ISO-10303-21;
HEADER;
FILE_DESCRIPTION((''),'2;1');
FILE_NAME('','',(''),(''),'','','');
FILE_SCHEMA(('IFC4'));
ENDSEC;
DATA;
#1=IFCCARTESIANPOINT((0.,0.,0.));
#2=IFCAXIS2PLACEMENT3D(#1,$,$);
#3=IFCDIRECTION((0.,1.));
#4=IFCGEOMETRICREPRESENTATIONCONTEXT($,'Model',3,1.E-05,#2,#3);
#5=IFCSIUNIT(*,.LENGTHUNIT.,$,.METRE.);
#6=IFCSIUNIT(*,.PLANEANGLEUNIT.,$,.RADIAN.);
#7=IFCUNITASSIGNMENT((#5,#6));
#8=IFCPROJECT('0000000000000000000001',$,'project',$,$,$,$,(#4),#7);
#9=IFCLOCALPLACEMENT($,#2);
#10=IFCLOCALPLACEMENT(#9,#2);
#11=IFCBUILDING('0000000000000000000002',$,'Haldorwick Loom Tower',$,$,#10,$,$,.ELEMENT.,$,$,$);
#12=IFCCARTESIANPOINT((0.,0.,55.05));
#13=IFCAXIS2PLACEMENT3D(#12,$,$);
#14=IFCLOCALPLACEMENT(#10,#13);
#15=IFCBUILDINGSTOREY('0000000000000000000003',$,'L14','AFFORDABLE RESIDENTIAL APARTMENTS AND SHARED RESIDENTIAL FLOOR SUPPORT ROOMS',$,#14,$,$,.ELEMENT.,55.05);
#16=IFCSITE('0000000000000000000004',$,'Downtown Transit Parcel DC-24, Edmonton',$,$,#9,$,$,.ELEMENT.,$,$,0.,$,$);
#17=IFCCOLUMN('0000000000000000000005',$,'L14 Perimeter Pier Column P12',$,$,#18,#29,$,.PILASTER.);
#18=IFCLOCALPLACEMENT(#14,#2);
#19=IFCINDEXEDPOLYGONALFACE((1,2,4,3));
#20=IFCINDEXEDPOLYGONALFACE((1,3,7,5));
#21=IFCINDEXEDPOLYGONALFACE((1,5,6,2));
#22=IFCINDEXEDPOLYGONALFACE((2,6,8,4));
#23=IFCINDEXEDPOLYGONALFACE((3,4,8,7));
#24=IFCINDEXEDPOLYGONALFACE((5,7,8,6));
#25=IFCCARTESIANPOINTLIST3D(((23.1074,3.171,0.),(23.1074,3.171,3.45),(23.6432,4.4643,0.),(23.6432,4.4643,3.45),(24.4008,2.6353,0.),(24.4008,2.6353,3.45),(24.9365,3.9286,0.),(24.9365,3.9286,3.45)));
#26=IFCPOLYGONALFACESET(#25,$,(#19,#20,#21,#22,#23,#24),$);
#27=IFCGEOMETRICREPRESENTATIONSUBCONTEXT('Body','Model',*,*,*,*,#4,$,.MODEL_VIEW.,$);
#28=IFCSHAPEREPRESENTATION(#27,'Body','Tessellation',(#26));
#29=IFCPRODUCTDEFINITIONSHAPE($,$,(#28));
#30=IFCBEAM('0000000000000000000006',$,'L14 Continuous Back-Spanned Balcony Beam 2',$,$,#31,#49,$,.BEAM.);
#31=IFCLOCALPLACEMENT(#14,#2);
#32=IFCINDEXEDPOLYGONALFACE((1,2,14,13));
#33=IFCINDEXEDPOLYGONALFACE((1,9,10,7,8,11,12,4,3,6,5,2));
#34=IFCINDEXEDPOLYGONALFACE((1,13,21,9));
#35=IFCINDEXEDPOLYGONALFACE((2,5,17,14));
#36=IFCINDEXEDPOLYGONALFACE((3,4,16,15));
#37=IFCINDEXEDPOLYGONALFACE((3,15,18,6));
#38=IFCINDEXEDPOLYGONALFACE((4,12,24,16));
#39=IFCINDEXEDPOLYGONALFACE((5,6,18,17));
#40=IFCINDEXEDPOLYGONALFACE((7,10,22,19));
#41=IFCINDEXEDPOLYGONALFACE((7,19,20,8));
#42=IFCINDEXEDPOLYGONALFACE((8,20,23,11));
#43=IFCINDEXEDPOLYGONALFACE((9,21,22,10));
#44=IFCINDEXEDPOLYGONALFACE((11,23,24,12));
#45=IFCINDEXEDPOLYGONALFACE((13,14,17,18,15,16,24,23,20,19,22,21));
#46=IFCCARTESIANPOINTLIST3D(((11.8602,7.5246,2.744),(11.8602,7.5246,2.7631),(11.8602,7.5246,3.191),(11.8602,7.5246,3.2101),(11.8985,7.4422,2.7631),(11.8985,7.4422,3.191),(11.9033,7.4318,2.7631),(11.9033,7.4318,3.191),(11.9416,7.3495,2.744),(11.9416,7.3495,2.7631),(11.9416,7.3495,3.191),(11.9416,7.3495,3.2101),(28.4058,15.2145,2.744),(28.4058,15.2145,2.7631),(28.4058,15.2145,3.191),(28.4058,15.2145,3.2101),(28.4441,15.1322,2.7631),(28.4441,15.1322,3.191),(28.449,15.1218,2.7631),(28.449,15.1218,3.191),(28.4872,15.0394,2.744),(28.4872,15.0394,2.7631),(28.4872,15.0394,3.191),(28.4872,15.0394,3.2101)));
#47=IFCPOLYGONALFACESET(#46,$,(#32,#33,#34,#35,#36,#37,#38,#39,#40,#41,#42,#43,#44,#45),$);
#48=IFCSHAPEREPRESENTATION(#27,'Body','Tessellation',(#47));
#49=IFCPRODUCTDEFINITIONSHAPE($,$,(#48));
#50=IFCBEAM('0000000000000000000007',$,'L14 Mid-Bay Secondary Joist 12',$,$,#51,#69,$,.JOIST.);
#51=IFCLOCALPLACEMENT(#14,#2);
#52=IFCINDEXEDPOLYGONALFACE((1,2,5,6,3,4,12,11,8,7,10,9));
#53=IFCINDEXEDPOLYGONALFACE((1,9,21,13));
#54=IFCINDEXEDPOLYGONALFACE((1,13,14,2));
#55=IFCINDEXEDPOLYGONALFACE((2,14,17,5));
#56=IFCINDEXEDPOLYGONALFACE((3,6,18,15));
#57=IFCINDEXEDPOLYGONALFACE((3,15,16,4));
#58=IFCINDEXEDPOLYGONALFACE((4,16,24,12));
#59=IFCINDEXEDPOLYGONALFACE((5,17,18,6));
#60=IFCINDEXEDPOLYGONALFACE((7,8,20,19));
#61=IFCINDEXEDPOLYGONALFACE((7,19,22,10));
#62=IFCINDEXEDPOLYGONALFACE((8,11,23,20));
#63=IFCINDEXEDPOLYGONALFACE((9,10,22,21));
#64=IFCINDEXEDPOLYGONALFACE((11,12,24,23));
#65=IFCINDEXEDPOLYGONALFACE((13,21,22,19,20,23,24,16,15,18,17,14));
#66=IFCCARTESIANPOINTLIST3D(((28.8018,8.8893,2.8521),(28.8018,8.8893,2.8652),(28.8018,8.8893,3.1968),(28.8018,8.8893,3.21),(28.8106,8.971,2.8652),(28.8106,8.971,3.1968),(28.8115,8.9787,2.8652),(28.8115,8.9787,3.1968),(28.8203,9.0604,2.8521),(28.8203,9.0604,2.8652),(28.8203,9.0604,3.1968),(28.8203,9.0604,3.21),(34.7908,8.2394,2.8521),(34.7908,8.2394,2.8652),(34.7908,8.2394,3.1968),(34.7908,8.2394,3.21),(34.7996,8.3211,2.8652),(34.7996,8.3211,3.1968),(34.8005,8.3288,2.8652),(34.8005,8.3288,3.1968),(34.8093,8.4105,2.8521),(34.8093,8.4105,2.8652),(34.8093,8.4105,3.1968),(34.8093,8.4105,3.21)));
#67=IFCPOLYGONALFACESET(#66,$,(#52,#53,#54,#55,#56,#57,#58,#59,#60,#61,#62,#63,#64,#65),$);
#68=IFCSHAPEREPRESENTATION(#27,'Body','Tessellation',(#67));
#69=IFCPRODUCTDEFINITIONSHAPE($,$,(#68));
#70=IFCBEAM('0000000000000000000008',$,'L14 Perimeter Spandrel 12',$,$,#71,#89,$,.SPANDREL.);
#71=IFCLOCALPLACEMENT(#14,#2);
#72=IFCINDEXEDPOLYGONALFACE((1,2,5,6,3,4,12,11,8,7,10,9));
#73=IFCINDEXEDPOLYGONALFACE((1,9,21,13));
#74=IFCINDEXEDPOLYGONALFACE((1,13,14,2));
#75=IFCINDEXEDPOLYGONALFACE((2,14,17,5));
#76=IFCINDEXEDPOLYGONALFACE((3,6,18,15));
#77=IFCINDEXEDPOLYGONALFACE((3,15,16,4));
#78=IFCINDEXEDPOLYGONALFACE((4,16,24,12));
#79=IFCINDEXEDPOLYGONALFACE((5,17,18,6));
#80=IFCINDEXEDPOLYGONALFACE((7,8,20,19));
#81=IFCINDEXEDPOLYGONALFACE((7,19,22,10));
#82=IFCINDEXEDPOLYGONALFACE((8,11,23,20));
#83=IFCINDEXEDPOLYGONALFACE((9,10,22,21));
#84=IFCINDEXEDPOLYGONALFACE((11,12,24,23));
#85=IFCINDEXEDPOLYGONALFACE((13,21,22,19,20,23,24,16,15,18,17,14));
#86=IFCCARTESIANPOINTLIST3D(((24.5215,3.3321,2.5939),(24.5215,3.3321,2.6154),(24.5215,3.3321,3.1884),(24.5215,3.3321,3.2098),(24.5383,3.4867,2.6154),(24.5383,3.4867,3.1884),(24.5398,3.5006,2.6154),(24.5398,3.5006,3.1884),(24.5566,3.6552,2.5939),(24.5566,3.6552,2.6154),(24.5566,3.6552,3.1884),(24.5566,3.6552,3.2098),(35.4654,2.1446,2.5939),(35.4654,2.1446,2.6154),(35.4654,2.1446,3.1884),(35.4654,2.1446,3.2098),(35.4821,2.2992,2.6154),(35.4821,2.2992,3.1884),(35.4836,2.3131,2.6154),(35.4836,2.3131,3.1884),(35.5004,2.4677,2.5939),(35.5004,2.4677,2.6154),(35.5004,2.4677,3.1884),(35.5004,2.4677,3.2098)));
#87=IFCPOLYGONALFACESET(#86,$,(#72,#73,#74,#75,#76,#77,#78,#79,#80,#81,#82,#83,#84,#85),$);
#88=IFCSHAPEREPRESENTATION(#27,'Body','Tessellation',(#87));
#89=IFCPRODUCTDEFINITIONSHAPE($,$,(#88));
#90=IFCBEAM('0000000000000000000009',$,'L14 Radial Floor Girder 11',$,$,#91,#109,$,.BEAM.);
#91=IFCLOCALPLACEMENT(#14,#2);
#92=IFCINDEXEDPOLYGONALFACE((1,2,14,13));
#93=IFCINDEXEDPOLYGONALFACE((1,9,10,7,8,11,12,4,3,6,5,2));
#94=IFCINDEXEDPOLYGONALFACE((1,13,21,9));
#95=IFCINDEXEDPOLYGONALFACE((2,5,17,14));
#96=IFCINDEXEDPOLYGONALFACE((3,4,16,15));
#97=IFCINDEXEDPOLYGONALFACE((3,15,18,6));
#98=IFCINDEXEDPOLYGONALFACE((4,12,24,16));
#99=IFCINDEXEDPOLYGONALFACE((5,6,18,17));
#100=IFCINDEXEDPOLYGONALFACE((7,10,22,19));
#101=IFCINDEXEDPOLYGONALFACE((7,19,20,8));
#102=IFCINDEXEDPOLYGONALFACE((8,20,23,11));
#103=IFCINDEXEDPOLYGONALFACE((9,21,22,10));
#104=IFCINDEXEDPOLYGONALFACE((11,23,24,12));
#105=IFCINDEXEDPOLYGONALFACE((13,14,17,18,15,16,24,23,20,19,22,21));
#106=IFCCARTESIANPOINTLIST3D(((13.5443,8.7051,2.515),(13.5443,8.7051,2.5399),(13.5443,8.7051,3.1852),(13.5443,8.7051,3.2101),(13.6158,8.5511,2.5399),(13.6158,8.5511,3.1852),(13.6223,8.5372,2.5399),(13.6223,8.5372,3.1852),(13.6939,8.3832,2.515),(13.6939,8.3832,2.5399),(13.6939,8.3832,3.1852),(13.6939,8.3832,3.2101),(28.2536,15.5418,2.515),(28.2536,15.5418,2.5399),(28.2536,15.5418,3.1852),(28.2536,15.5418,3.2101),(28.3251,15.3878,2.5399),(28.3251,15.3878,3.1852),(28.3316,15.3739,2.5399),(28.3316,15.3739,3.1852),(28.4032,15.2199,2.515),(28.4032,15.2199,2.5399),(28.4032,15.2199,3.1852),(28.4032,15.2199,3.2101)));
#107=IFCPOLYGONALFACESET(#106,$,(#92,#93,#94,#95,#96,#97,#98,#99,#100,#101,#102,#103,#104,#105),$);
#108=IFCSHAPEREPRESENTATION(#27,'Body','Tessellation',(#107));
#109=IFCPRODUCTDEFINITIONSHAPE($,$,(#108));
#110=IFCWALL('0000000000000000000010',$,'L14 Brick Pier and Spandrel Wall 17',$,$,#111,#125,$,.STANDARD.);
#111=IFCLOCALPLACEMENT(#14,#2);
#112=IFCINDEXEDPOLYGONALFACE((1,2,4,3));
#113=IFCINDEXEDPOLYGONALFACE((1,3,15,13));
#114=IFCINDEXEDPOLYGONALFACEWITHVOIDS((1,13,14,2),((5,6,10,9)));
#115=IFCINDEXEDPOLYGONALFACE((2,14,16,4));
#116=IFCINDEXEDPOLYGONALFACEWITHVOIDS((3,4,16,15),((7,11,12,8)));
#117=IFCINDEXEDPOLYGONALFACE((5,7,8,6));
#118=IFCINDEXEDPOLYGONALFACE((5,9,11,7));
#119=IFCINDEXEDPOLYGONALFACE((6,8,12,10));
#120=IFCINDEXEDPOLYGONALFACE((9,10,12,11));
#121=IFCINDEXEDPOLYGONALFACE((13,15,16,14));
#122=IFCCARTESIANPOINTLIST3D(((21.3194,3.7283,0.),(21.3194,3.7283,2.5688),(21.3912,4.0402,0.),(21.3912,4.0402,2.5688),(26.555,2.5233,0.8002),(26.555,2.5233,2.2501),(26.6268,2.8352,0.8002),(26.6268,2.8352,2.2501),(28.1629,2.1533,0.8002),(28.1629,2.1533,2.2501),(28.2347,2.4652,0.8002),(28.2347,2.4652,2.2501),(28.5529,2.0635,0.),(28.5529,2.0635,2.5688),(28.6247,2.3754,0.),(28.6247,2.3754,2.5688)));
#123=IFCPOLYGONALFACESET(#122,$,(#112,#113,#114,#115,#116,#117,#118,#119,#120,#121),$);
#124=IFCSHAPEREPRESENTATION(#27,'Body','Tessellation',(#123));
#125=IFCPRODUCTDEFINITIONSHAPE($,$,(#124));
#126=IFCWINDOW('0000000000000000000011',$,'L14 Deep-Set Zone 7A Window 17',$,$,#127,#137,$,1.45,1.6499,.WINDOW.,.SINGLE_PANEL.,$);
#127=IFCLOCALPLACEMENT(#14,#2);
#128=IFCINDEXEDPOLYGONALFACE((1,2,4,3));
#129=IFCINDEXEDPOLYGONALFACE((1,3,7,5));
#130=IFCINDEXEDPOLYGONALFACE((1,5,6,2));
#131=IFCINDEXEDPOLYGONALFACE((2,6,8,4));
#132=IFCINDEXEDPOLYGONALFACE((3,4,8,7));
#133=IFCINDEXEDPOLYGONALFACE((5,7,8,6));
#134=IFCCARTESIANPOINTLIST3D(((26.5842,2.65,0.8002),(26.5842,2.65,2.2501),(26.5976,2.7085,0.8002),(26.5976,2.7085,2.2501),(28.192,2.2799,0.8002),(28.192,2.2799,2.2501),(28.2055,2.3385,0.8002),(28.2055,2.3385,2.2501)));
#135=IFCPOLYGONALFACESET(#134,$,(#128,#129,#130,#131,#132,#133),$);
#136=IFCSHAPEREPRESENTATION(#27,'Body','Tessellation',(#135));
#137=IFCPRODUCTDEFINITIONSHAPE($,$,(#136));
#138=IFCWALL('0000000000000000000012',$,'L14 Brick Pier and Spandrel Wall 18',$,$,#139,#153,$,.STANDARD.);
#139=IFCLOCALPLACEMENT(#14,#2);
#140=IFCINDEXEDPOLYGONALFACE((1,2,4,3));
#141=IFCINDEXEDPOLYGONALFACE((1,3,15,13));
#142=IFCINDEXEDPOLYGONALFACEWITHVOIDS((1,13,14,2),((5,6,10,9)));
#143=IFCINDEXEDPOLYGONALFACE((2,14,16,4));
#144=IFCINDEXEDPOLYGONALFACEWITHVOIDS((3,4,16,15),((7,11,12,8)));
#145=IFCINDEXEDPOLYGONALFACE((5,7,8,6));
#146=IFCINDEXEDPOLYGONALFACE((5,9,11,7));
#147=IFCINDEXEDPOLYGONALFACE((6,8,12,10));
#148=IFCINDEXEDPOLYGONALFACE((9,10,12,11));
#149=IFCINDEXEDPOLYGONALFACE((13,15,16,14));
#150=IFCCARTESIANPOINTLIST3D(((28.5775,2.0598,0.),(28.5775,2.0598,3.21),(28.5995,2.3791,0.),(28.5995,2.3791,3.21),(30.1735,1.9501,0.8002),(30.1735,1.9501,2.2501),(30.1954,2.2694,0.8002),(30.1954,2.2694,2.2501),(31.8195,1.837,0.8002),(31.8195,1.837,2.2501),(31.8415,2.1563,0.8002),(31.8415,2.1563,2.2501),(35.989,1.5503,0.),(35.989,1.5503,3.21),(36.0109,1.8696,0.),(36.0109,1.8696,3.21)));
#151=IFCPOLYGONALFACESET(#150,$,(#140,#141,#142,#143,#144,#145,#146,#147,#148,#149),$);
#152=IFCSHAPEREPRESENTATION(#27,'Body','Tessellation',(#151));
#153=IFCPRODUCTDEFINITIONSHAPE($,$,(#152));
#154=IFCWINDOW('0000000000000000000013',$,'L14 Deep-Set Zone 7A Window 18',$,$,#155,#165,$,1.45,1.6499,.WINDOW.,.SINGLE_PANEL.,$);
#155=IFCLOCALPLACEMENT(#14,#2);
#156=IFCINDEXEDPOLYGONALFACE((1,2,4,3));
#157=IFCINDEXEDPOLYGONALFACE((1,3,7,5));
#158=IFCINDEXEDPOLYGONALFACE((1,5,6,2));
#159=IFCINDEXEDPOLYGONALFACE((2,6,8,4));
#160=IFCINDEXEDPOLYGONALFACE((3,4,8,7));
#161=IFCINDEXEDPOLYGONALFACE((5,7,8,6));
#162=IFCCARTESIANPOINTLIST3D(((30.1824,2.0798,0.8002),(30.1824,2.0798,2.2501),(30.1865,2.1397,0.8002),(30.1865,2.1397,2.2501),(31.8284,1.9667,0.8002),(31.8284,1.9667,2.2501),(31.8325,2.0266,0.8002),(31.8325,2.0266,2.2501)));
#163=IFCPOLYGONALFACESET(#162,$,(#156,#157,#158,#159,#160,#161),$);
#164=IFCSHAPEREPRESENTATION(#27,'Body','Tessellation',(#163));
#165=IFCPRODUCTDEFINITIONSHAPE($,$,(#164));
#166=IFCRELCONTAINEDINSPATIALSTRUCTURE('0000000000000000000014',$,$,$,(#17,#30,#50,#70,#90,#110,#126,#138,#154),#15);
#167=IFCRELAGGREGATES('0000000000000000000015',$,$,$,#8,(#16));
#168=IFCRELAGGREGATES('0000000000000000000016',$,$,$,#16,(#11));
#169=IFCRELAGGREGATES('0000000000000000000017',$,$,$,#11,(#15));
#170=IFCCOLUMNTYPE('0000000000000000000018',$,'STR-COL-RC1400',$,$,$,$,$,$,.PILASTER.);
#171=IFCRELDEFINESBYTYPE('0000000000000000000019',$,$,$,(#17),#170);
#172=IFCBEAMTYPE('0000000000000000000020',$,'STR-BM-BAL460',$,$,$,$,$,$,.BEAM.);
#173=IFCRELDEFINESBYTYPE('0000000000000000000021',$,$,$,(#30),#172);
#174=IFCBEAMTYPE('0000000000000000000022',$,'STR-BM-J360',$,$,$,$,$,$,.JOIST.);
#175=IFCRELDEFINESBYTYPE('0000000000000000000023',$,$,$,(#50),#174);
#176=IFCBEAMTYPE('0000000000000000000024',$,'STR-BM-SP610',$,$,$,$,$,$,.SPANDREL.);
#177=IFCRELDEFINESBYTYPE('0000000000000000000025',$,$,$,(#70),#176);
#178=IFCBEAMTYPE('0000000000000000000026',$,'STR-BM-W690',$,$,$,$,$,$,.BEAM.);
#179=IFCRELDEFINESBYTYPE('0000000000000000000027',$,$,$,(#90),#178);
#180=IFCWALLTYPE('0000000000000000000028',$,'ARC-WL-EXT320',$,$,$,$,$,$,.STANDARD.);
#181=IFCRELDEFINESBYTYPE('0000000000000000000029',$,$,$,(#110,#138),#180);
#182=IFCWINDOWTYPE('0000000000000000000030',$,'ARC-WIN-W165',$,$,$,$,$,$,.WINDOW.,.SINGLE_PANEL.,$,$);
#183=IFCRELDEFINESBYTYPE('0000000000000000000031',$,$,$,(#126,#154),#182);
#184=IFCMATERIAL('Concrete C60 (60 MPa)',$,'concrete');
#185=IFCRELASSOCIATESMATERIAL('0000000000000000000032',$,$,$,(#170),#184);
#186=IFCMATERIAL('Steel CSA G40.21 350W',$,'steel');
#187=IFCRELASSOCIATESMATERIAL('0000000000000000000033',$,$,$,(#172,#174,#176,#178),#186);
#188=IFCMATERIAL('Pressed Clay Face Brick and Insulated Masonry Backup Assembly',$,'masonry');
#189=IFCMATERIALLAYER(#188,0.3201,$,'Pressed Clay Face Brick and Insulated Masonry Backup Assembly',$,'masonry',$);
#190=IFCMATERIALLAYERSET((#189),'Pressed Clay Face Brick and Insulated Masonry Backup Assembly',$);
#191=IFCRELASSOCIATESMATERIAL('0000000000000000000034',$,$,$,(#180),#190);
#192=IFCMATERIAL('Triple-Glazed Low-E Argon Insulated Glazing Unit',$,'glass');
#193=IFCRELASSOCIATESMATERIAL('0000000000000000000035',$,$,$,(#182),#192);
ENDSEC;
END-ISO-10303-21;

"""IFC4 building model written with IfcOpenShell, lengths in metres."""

from ifc_helpers import new_model, si_unit, direction, frame, frame_2d, origin, origin_2d, place, context, subcontext, project, spatial, rectangle, i_section, extrude, material, layer, layer_set, material_profile, profile_set, type_object, element, fill, save


model = new_model("IFC4")

# Units and contexts
model_context = context("Model", 3, precision=1e-05, world=origin(), true_north=direction((0.0, 1.0)))
body_context = subcontext(model_context, "Body", "Model", "MODEL_VIEW")
ifc_project = project(units=[si_unit("LENGTHUNIT", "METRE"), si_unit("PLANEANGLEUNIT", "RADIAN")], contexts=[model_context])

# Site, building, storey
site_placement = place(None, origin())
site = spatial("IfcSite", under=ifc_project, at=site_placement, Name="Downtown Transit Parcel DC-24, Edmonton", CompositionType="ELEMENT", RefElevation=0.0)
building_placement = place(site_placement, origin())
building = spatial("IfcBuilding", under=site, at=building_placement, Name="Haldorwick Loom Tower", CompositionType="ELEMENT")
storey_placement = place(building_placement, frame((0.0, 0.0, 55.05)))
storey = spatial("IfcBuildingStorey", under=building, at=storey_placement, Name="L14", Description="AFFORDABLE RESIDENTIAL APARTMENTS AND SHARED RESIDENTIAL FLOOR SUPPORT ROOMS", CompositionType="ELEMENT", Elevation=55.05)

# Column
ifc_material_1 = material(Name="Concrete C60 (60 MPa)", Category="concrete")
ifc_material_profile_1 = material_profile(ifc_material_1, rectangle(XDim=1.3999, YDim=1.3999, at=origin_2d()), Name="RC1400X1400", Category="concrete")
ifc_profile_set_1 = profile_set([ifc_material_profile_1], Name="Concrete C60 (60 MPa)")
column_type = type_object("IfcColumnType", Name="STR-COL-RC1400", PredefinedType="PILASTER", material=ifc_profile_set_1)
column_placement = place(storey_placement, frame((24.022, 3.5498, 0.0), z_axis=(0.0, 0.0, 1.0), x_axis=(-0.382683, -0.92388, 0.0)))
element("IfcColumn", 1, at=column_placement, inside=storey, type_object=column_type, Name="L14 Perimeter Pier Column P12", PredefinedType="PILASTER", context=body_context, shape_type="SweptSolid", body=[
    extrude(rectangle(XDim=1.3999, YDim=1.3999, at=origin_2d()), origin(), (0.0, 0.0, 1.0), 3.45),
])

# Beams
ifc_material_2 = material(Name="Steel CSA G40.21 350W", Category="steel")
ifc_material_profile_2 = material_profile(ifc_material_2, i_section(OverallWidth=0.1931, OverallDepth=0.4661, WebThickness=0.0115, FlangeThickness=0.019, at=origin_2d()), Name="W460X97", Category="steel")
ifc_profile_set_2 = profile_set([ifc_material_profile_2], Name="Steel CSA G40.21 350W")
beam_type_1 = type_object("IfcBeamType", Name="STR-BM-BAL460", PredefinedType="BEAM", material=ifc_profile_set_2)
beam_1_placement = place(storey_placement, frame((28.4465, 15.127, 2.9771), z_axis=(-0.906841, -0.421473, 0.0), x_axis=(0.421473, -0.906841, 0.0)))
element("IfcBeam", 2, at=beam_1_placement, inside=storey, type_object=beam_type_1, Name="L14 Continuous Back-Spanned Balcony Beam 2", PredefinedType="BEAM", context=body_context, shape_type="SweptSolid", body=[
    extrude(i_section(OverallWidth=0.1931, OverallDepth=0.4661, WebThickness=0.0115, FlangeThickness=0.019, at=origin_2d()), origin(), (0.0, 0.0, 1.0), 18.2454),
])
ifc_material_profile_3 = material_profile(ifc_material_2, i_section(OverallWidth=0.1721, OverallDepth=0.3579, WebThickness=0.0078, FlangeThickness=0.0132, at=origin_2d()), Name="W360X57", Category="steel")
ifc_profile_set_3 = profile_set([ifc_material_profile_3], Name="Steel CSA G40.21 350W")
beam_type_2 = type_object("IfcBeamType", Name="STR-BM-J360", PredefinedType="JOIST", material=ifc_profile_set_3)
beam_2_placement = place(storey_placement, frame((28.811, 8.9749, 3.031), z_axis=(0.994164, -0.107882, 0.0), x_axis=(0.107882, 0.994164, 0.0)))
element("IfcBeam", 3, at=beam_2_placement, inside=storey, type_object=beam_type_2, Name="L14 Mid-Bay Secondary Joist 12", PredefinedType="JOIST", context=body_context, shape_type="SweptSolid", body=[
    extrude(i_section(OverallWidth=0.1721, OverallDepth=0.3579, WebThickness=0.0078, FlangeThickness=0.0132, at=origin_2d()), origin(), (0.0, 0.0, 1.0), 6.0242),
])
ifc_material_profile_4 = material_profile(ifc_material_2, i_section(OverallWidth=0.325, OverallDepth=0.616, WebThickness=0.0139, FlangeThickness=0.0215, at=origin_2d()), Name="W610X174", Category="steel")
ifc_profile_set_4 = profile_set([ifc_material_profile_4], Name="Steel CSA G40.21 350W")
beam_type_3 = type_object("IfcBeamType", Name="STR-BM-SP610", PredefinedType="SPANDREL", material=ifc_profile_set_4)
beam_3_placement = place(storey_placement, frame((24.5391, 3.4937, 2.9019), z_axis=(0.994164, -0.107875, 0.0), x_axis=(0.107875, 0.994164, 0.0)))
element("IfcBeam", 4, at=beam_3_placement, inside=storey, type_object=beam_type_3, Name="L14 Perimeter Spandrel 12", PredefinedType="SPANDREL", context=body_context, shape_type="SweptSolid", body=[
    extrude(i_section(OverallWidth=0.325, OverallDepth=0.616, WebThickness=0.0139, FlangeThickness=0.0215, at=origin_2d()), origin(), (0.0, 0.0, 1.0), 11.0081),
])
ifc_material_profile_5 = material_profile(ifc_material_2, i_section(OverallWidth=0.355, OverallDepth=0.6951, WebThickness=0.0154, FlangeThickness=0.0249, at=origin_2d()), Name="W690X217", Category="steel")
ifc_profile_set_5 = profile_set([ifc_material_profile_5], Name="Steel CSA G40.21 350W")
beam_type_4 = type_object("IfcBeamType", Name="STR-BM-W690", PredefinedType="BEAM", material=ifc_profile_set_5)
beam_4_placement = place(storey_placement, frame((28.3284, 15.3809, 2.8625), z_axis=(-0.906835, -0.421486, 0.0), x_axis=(0.421486, -0.906835, 0.0)))
element("IfcBeam", 5, at=beam_4_placement, inside=storey, type_object=beam_type_4, Name="L14 Radial Floor Girder 11", PredefinedType="BEAM", context=body_context, shape_type="SweptSolid", body=[
    extrude(i_section(OverallWidth=0.355, OverallDepth=0.6951, WebThickness=0.0154, FlangeThickness=0.0249, at=origin_2d()), origin(), (0.0, 0.0, 1.0), 16.2205),
])

# Walls, openings, windows
ifc_material_3 = material(Name="Pressed Clay Face Brick and Insulated Masonry Backup Assembly", Category="masonry")
ifc_layer_1 = layer(ifc_material_3, 0.3201, Name="Pressed Clay Face Brick and Insulated Masonry Backup Assembly", Category="masonry")
ifc_layer_set_1 = layer_set([ifc_layer_1], Name="Pressed Clay Face Brick and Insulated Masonry Backup Assembly")
wall_type_1 = type_object("IfcWallType", Name="ARC-WL-EXT320", PredefinedType="STANDARD", material=ifc_layer_set_1)
wall_1_placement = place(storey_placement, frame((21.3552, 3.8843, 0.0), z_axis=(0.0, 0.0, 1.0), x_axis=(0.974522, -0.22429, 0.0)))
wall_1 = element("IfcWall", 6, at=wall_1_placement, inside=storey, type_object=wall_type_1, Name="L14 Brick Pier and Spandrel Wall 17", PredefinedType="STANDARD", context=body_context, shape_type="SweptSolid", body=[
    extrude(rectangle(XDim=7.4226, YDim=0.3201, at=frame_2d((3.7114, 0.0))), origin(), (0.0, 0.0, 1.0), 2.5688),
])
opening_1_placement = place(wall_1_placement, frame((5.3726, 0.0, 0.8)))
opening_1 = element("IfcOpeningElement", 7, at=opening_1_placement, cuts=wall_1, PredefinedType="OPENING", context=body_context, shape_type="SweptSolid", body=[
    extrude(rectangle(XDim=1.6499, YDim=1.45, at=frame_2d((0.825, 0.7251))), frame((0.0, 0.1699, 0.0), z_axis=(0.0, -1.0, 0.0), x_axis=(1.0, 0.0, 0.0)), (0.0, 0.0, 1.0), 0.3401),
])
ifc_material_4 = material(Name="Triple-Glazed Low-E Argon Insulated Glazing Unit", Category="glass")
window_type = type_object("IfcWindowType", Name="ARC-WIN-W165", PartitioningType="SINGLE_PANEL", PredefinedType="WINDOW", material=ifc_material_4)
window_1_placement = place(opening_1_placement, origin())
window_1 = element("IfcWindow", 8, at=window_1_placement, inside=storey, type_object=window_type, Name="L14 Deep-Set Zone 7A Window 17", OverallHeight=1.45, OverallWidth=1.6499, PartitioningType="SINGLE_PANEL", PredefinedType="WINDOW", context=body_context, shape_type="SweptSolid", body=[
    extrude(rectangle(XDim=1.6499, YDim=1.45, at=frame_2d((0.825, 0.7251))), frame((0.0, 0.03, 0.0), z_axis=(0.0, -1.0, 0.0), x_axis=(1.0, 0.0, 0.0)), (0.0, 0.0, 1.0), 0.0601),
])
fill(opening_1, window_1)
wall_2_placement = place(storey_placement, frame((28.5886, 2.2195, 0.0), z_axis=(0.0, 0.0, 1.0), x_axis=(0.997645, -0.068587, 0.0)))
wall_2 = element("IfcWall", 9, at=wall_2_placement, inside=storey, type_object=wall_type_1, Name="L14 Brick Pier and Spandrel Wall 18", PredefinedType="STANDARD", context=body_context, shape_type="SweptSolid", body=[
    extrude(rectangle(XDim=7.429, YDim=0.3201, at=frame_2d((3.7144, 0.0))), origin(), (0.0, 0.0, 1.0), 3.21),
])
opening_2_placement = place(wall_2_placement, frame((1.5996, 0.0, 0.8)))
opening_2 = element("IfcOpeningElement", 10, at=opening_2_placement, cuts=wall_2, PredefinedType="OPENING", context=body_context, shape_type="SweptSolid", body=[
    extrude(rectangle(XDim=1.6499, YDim=1.45, at=frame_2d((0.825, 0.7251))), frame((0.0, 0.1699, 0.0), z_axis=(0.0, -1.0, 0.0), x_axis=(1.0, 0.0, 0.0)), (0.0, 0.0, 1.0), 0.3401),
])
window_2_placement = place(opening_2_placement, origin())
window_2 = element("IfcWindow", 11, at=window_2_placement, inside=storey, type_object=window_type, Name="L14 Deep-Set Zone 7A Window 18", OverallHeight=1.45, OverallWidth=1.6499, PartitioningType="SINGLE_PANEL", PredefinedType="WINDOW", context=body_context, shape_type="SweptSolid", body=[
    extrude(rectangle(XDim=1.6499, YDim=1.45, at=frame_2d((0.825, 0.7251))), frame((0.0, 0.03, 0.0), z_axis=(0.0, -1.0, 0.0), x_axis=(1.0, 0.0, 0.0)), (0.0, 0.0, 1.0), 0.0601),
])
fill(opening_2, window_2)

save(model, "model.ifc")
